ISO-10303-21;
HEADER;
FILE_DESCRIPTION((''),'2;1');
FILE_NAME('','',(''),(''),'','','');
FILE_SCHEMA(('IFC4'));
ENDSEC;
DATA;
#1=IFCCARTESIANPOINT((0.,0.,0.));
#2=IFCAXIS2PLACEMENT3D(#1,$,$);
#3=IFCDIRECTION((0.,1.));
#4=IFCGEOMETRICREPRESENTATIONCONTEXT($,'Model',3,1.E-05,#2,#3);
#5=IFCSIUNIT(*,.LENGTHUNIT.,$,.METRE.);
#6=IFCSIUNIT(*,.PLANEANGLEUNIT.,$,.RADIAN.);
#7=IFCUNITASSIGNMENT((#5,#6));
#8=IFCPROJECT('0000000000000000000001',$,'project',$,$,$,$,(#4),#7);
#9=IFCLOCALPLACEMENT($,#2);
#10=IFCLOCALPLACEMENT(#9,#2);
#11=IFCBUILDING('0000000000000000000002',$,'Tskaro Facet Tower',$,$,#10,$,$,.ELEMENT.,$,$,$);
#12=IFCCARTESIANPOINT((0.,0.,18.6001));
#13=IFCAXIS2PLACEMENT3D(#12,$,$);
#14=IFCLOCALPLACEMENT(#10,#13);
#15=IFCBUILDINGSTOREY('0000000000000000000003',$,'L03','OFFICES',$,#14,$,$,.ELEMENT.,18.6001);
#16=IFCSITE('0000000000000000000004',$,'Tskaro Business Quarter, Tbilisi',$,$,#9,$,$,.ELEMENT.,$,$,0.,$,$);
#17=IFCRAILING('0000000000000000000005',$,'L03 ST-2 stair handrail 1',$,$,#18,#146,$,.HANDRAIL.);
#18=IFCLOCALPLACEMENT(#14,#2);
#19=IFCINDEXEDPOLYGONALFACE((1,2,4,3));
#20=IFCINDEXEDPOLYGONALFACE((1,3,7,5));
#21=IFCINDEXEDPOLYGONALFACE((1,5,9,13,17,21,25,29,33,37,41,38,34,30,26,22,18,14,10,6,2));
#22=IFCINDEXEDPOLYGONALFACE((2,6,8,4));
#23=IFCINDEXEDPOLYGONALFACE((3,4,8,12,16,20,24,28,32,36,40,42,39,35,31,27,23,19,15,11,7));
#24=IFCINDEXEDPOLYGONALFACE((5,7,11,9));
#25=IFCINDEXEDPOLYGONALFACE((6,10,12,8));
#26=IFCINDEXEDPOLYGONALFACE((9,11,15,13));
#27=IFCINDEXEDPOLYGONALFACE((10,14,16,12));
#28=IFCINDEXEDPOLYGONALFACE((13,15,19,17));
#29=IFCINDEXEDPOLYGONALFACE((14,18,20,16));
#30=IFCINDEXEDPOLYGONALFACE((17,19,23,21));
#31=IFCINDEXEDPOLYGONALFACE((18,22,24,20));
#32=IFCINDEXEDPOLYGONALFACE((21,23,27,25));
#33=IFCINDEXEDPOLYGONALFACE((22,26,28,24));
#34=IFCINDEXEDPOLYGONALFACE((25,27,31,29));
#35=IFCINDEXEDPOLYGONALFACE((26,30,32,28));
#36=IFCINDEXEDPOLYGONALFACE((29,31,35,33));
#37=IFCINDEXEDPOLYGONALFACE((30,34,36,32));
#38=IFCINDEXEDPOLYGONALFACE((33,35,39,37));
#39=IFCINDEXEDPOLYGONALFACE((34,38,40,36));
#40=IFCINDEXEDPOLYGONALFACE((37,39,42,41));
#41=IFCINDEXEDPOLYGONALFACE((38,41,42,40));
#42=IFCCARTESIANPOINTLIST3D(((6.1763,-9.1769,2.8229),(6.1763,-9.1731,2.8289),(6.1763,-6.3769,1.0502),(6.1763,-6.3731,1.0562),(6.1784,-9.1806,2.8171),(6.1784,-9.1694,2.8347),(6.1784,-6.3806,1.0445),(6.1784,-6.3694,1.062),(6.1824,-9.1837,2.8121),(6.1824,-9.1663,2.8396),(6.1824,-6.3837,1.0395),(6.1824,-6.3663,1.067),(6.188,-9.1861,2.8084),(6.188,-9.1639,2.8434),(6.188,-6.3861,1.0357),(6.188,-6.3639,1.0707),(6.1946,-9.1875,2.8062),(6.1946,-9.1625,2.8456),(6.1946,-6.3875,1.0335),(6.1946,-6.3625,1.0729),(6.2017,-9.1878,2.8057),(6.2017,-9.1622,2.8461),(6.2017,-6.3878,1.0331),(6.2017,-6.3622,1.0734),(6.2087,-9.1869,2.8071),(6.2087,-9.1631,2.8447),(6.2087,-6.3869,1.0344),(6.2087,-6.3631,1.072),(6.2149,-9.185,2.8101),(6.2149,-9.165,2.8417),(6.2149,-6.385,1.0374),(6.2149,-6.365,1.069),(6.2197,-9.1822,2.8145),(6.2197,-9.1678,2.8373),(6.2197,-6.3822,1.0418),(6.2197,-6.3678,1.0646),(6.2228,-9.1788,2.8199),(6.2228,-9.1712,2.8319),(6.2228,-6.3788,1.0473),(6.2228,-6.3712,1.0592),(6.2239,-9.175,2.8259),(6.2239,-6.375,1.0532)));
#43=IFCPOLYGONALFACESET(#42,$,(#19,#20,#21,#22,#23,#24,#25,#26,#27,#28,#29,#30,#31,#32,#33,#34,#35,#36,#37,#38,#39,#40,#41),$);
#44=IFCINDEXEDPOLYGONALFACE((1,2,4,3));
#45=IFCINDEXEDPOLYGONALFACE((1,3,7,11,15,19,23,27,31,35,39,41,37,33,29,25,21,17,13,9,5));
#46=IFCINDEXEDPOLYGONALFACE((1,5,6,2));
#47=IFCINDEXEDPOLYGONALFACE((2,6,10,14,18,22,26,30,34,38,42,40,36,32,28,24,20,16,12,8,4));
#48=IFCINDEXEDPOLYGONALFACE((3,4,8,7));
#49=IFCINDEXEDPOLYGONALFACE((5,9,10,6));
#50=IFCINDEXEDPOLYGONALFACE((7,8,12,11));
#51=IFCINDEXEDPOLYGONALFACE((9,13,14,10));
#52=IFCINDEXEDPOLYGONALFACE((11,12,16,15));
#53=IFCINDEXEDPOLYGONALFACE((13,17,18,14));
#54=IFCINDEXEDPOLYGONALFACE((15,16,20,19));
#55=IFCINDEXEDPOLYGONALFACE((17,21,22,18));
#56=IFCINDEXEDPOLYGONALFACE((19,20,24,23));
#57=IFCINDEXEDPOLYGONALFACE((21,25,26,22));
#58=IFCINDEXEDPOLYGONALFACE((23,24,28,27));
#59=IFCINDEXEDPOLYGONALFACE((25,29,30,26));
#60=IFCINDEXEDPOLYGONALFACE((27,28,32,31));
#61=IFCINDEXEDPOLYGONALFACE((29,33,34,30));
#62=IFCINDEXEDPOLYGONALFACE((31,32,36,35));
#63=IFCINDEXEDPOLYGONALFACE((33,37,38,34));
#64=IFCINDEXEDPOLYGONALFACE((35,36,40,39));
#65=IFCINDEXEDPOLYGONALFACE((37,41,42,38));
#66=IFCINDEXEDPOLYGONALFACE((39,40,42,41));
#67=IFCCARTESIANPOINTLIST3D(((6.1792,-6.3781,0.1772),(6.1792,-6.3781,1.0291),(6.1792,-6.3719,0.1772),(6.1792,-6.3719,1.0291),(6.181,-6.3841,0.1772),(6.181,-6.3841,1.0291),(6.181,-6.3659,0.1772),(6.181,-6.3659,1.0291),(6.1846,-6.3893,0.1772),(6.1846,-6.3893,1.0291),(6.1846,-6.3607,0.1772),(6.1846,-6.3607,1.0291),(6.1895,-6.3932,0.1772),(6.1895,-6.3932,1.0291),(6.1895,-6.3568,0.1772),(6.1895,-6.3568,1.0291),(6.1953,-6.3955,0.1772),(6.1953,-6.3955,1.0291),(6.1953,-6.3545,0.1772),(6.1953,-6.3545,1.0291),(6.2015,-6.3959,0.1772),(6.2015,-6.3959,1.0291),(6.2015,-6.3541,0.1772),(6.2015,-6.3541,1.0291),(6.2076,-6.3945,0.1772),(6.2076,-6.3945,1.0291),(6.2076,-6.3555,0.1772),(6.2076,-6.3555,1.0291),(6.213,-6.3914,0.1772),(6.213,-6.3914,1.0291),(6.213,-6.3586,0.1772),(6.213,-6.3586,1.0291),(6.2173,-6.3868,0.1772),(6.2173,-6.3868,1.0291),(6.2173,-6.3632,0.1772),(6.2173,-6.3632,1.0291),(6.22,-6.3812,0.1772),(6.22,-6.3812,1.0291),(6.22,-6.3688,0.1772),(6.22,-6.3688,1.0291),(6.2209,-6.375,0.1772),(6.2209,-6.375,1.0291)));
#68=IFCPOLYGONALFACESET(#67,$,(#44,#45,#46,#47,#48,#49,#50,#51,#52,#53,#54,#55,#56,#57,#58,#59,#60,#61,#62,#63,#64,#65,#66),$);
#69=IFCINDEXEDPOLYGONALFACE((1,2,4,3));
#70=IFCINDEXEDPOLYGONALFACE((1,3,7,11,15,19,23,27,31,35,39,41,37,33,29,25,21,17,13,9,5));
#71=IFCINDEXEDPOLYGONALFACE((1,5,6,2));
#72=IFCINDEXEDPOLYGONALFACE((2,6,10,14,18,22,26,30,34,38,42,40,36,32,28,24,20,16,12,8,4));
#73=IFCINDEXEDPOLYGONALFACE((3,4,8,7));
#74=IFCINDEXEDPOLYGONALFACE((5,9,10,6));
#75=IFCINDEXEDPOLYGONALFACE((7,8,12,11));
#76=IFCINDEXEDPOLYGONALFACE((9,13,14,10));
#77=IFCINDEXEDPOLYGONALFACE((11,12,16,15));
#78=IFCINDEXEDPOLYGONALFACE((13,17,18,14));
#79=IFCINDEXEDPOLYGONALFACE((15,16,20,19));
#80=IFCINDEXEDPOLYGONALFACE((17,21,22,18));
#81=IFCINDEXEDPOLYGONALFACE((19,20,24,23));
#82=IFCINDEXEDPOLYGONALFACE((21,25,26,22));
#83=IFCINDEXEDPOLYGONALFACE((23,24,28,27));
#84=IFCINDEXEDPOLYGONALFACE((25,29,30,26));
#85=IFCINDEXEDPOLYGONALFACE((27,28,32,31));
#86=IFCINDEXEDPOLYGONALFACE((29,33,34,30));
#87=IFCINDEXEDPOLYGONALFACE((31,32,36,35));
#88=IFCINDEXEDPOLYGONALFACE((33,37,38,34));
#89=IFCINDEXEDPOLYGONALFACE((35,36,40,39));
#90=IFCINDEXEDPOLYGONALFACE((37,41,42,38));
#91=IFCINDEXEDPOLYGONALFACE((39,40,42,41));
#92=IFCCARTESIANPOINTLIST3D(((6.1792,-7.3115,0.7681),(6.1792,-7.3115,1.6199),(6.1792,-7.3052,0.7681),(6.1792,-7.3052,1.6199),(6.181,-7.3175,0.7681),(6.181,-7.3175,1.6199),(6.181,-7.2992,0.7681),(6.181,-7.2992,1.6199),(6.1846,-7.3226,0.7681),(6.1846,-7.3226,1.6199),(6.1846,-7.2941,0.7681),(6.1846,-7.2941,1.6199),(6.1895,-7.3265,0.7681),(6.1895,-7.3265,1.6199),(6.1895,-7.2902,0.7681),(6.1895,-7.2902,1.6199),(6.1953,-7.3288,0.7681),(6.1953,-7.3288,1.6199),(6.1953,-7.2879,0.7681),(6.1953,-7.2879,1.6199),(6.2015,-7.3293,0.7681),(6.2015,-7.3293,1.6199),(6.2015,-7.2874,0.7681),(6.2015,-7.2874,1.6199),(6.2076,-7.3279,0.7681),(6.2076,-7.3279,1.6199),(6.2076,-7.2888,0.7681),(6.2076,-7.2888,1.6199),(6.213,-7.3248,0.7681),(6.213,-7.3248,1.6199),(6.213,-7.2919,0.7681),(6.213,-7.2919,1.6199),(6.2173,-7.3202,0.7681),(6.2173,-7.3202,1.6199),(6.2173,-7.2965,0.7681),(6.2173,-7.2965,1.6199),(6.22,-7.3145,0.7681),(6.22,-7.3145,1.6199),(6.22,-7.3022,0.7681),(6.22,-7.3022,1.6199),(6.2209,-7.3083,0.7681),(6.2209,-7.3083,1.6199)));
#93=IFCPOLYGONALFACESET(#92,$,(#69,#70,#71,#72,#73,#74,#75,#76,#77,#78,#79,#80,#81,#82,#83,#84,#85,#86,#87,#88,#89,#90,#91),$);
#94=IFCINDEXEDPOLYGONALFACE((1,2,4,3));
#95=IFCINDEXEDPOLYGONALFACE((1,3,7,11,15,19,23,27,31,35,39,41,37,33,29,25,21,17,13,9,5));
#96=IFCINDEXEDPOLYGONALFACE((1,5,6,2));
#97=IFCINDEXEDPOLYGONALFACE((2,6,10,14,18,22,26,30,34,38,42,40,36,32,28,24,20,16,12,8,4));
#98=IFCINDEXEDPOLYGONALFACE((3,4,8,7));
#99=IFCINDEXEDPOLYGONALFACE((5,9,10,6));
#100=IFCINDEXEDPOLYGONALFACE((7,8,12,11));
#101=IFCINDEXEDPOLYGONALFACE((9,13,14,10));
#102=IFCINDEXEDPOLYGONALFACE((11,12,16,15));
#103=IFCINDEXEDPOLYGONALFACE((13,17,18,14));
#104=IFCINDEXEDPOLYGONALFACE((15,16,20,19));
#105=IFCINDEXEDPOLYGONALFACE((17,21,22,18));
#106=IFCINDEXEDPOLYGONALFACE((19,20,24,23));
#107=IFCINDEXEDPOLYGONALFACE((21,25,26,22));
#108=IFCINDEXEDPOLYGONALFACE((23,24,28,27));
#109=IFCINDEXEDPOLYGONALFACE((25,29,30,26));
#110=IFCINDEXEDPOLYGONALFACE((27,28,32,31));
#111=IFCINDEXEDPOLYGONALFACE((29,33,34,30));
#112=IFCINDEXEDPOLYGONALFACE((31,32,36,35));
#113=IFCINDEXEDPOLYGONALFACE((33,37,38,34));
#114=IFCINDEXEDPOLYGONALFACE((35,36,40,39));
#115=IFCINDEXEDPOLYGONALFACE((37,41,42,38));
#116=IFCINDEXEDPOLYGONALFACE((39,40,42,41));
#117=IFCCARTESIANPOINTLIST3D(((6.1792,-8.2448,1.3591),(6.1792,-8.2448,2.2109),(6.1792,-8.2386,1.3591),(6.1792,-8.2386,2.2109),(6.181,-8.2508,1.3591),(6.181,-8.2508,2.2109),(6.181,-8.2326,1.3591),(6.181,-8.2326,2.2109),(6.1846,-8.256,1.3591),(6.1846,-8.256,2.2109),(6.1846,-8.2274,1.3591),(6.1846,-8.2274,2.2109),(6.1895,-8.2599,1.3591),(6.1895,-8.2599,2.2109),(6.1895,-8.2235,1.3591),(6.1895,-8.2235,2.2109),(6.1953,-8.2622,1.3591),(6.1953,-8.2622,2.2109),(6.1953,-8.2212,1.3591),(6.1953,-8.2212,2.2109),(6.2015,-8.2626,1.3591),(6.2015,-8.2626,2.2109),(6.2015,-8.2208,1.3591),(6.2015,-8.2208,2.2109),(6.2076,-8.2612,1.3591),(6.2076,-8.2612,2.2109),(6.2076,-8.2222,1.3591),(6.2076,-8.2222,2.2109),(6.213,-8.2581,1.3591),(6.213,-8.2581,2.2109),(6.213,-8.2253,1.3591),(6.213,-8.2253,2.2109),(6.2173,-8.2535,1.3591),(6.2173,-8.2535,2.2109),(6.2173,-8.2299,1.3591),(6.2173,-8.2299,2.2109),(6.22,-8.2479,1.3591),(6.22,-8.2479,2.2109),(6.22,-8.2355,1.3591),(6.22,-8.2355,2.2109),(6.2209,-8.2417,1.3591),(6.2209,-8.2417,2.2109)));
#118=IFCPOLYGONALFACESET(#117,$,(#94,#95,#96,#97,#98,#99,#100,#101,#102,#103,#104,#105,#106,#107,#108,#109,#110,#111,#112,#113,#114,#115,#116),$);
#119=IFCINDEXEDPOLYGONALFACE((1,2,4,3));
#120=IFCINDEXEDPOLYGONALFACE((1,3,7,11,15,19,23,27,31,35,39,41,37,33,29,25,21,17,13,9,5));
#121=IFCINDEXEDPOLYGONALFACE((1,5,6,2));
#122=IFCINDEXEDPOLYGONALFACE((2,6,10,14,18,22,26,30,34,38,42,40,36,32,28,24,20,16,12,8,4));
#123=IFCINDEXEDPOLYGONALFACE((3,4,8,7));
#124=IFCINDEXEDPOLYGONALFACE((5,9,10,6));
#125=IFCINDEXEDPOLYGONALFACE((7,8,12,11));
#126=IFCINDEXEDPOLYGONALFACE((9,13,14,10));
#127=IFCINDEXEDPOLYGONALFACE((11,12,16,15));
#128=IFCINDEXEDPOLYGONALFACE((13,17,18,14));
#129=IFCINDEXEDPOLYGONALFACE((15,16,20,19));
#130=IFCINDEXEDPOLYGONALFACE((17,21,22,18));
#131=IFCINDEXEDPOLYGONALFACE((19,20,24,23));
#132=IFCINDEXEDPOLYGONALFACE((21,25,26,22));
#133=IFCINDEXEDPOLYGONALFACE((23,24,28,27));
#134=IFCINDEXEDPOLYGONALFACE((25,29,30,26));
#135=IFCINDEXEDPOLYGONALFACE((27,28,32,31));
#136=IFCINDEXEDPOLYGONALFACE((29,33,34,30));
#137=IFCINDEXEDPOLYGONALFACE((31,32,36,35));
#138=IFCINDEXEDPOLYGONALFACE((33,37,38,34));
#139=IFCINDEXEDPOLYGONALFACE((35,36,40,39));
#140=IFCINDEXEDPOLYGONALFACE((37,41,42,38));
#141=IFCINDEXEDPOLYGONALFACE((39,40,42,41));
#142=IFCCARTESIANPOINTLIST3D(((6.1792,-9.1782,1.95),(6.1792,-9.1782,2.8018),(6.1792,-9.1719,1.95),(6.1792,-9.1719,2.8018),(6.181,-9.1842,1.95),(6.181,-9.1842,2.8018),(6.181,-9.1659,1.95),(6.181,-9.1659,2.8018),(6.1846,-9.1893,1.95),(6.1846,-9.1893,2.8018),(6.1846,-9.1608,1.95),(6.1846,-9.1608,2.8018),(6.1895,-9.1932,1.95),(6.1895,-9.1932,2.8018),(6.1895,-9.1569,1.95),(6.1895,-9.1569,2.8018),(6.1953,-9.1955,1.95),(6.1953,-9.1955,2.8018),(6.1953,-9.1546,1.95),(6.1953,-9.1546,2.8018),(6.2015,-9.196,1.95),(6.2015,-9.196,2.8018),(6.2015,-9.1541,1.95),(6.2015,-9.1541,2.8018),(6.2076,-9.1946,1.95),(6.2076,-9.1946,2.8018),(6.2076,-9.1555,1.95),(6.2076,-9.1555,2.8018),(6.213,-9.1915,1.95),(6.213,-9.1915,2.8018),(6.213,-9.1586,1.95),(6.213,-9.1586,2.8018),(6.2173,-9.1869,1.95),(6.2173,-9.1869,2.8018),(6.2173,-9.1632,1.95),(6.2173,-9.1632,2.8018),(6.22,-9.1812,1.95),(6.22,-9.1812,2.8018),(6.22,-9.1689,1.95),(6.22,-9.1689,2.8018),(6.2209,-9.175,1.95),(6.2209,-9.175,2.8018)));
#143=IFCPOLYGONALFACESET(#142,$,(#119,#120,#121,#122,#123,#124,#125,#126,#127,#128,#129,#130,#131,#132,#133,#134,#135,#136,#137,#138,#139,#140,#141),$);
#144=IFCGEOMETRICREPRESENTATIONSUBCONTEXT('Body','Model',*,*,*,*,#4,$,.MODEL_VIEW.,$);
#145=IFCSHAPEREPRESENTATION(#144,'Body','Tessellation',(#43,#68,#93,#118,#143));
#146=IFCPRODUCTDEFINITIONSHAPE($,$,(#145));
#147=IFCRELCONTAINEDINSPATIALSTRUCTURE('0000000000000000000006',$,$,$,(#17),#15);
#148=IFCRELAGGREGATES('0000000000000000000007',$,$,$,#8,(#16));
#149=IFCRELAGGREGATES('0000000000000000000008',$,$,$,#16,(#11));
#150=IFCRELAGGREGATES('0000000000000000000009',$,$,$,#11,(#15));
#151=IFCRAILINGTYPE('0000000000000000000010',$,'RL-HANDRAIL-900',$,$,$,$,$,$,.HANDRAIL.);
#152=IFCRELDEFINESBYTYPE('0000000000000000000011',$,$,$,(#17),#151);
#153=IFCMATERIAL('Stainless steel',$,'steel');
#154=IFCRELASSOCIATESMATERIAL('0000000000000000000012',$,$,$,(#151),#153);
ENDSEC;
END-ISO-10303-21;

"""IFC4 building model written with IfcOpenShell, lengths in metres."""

from ifc_helpers import new_model, si_unit, direction, frame, origin, origin_2d, place, context, subcontext, project, spatial, circle, extrude, material, type_object, element, save


model = new_model("IFC4")

# Units and contexts
model_context = context("Model", 3, precision=1e-05, world=origin(), true_north=direction((0.0, 1.0)))
body_context = subcontext(model_context, "Body", "Model", "MODEL_VIEW")
ifc_project = project(units=[si_unit("LENGTHUNIT", "METRE"), si_unit("PLANEANGLEUNIT", "RADIAN")], contexts=[model_context])

# Site, building, storey
site_placement = place(None, origin())
site = spatial("IfcSite", under=ifc_project, at=site_placement, Name="Tskaro Business Quarter, Tbilisi", CompositionType="ELEMENT", RefElevation=0.0)
building_placement = place(site_placement, origin())
building = spatial("IfcBuilding", under=site, at=building_placement, Name="Tskaro Facet Tower", CompositionType="ELEMENT")
storey_placement = place(building_placement, frame((0.0, 0.0, 18.6001)))
storey = spatial("IfcBuildingStorey", under=building, at=storey_placement, Name="L03", Description="OFFICES", CompositionType="ELEMENT", Elevation=18.6001)

# Shared definitions
ifc_material_1 = material(Name="Stainless steel", Category="steel")

# Railing
railing_type = type_object("IfcRailingType", Name="RL-HANDRAIL-900", PredefinedType="HANDRAIL", material=ifc_material_1)
railing_placement = place(storey_placement, frame((6.2, -6.375, 0.1772)))
element("IfcRailing", 1, at=railing_placement, inside=storey, type_object=railing_type, Name="L03 ST-2 stair handrail 1", PredefinedType="HANDRAIL", context=body_context, shape_type="SweptSolid", body=[
    extrude(circle(Radius=0.0239, at=origin_2d()), frame((0.0, 0.0, 0.876), z_axis=(0.0, -0.844909, 0.53491), x_axis=(1.0, 0.0, 0.0)), (0.0, 0.0, 1.0), 3.314),
    extrude(circle(Radius=0.021, at=origin_2d()), origin(), (0.0, 0.0, 1.0), 0.8518),
    extrude(circle(Radius=0.021, at=origin_2d()), frame((0.0, -0.9333, 0.5908)), (0.0, 0.0, 1.0), 0.8518),
    extrude(circle(Radius=0.021, at=origin_2d()), frame((0.0, -1.8667, 1.1819)), (0.0, 0.0, 1.0), 0.8518),
    extrude(circle(Radius=0.021, at=origin_2d()), frame((0.0, -2.8, 1.7727)), (0.0, 0.0, 1.0), 0.8518),
])

save(model, "model.ifc")
